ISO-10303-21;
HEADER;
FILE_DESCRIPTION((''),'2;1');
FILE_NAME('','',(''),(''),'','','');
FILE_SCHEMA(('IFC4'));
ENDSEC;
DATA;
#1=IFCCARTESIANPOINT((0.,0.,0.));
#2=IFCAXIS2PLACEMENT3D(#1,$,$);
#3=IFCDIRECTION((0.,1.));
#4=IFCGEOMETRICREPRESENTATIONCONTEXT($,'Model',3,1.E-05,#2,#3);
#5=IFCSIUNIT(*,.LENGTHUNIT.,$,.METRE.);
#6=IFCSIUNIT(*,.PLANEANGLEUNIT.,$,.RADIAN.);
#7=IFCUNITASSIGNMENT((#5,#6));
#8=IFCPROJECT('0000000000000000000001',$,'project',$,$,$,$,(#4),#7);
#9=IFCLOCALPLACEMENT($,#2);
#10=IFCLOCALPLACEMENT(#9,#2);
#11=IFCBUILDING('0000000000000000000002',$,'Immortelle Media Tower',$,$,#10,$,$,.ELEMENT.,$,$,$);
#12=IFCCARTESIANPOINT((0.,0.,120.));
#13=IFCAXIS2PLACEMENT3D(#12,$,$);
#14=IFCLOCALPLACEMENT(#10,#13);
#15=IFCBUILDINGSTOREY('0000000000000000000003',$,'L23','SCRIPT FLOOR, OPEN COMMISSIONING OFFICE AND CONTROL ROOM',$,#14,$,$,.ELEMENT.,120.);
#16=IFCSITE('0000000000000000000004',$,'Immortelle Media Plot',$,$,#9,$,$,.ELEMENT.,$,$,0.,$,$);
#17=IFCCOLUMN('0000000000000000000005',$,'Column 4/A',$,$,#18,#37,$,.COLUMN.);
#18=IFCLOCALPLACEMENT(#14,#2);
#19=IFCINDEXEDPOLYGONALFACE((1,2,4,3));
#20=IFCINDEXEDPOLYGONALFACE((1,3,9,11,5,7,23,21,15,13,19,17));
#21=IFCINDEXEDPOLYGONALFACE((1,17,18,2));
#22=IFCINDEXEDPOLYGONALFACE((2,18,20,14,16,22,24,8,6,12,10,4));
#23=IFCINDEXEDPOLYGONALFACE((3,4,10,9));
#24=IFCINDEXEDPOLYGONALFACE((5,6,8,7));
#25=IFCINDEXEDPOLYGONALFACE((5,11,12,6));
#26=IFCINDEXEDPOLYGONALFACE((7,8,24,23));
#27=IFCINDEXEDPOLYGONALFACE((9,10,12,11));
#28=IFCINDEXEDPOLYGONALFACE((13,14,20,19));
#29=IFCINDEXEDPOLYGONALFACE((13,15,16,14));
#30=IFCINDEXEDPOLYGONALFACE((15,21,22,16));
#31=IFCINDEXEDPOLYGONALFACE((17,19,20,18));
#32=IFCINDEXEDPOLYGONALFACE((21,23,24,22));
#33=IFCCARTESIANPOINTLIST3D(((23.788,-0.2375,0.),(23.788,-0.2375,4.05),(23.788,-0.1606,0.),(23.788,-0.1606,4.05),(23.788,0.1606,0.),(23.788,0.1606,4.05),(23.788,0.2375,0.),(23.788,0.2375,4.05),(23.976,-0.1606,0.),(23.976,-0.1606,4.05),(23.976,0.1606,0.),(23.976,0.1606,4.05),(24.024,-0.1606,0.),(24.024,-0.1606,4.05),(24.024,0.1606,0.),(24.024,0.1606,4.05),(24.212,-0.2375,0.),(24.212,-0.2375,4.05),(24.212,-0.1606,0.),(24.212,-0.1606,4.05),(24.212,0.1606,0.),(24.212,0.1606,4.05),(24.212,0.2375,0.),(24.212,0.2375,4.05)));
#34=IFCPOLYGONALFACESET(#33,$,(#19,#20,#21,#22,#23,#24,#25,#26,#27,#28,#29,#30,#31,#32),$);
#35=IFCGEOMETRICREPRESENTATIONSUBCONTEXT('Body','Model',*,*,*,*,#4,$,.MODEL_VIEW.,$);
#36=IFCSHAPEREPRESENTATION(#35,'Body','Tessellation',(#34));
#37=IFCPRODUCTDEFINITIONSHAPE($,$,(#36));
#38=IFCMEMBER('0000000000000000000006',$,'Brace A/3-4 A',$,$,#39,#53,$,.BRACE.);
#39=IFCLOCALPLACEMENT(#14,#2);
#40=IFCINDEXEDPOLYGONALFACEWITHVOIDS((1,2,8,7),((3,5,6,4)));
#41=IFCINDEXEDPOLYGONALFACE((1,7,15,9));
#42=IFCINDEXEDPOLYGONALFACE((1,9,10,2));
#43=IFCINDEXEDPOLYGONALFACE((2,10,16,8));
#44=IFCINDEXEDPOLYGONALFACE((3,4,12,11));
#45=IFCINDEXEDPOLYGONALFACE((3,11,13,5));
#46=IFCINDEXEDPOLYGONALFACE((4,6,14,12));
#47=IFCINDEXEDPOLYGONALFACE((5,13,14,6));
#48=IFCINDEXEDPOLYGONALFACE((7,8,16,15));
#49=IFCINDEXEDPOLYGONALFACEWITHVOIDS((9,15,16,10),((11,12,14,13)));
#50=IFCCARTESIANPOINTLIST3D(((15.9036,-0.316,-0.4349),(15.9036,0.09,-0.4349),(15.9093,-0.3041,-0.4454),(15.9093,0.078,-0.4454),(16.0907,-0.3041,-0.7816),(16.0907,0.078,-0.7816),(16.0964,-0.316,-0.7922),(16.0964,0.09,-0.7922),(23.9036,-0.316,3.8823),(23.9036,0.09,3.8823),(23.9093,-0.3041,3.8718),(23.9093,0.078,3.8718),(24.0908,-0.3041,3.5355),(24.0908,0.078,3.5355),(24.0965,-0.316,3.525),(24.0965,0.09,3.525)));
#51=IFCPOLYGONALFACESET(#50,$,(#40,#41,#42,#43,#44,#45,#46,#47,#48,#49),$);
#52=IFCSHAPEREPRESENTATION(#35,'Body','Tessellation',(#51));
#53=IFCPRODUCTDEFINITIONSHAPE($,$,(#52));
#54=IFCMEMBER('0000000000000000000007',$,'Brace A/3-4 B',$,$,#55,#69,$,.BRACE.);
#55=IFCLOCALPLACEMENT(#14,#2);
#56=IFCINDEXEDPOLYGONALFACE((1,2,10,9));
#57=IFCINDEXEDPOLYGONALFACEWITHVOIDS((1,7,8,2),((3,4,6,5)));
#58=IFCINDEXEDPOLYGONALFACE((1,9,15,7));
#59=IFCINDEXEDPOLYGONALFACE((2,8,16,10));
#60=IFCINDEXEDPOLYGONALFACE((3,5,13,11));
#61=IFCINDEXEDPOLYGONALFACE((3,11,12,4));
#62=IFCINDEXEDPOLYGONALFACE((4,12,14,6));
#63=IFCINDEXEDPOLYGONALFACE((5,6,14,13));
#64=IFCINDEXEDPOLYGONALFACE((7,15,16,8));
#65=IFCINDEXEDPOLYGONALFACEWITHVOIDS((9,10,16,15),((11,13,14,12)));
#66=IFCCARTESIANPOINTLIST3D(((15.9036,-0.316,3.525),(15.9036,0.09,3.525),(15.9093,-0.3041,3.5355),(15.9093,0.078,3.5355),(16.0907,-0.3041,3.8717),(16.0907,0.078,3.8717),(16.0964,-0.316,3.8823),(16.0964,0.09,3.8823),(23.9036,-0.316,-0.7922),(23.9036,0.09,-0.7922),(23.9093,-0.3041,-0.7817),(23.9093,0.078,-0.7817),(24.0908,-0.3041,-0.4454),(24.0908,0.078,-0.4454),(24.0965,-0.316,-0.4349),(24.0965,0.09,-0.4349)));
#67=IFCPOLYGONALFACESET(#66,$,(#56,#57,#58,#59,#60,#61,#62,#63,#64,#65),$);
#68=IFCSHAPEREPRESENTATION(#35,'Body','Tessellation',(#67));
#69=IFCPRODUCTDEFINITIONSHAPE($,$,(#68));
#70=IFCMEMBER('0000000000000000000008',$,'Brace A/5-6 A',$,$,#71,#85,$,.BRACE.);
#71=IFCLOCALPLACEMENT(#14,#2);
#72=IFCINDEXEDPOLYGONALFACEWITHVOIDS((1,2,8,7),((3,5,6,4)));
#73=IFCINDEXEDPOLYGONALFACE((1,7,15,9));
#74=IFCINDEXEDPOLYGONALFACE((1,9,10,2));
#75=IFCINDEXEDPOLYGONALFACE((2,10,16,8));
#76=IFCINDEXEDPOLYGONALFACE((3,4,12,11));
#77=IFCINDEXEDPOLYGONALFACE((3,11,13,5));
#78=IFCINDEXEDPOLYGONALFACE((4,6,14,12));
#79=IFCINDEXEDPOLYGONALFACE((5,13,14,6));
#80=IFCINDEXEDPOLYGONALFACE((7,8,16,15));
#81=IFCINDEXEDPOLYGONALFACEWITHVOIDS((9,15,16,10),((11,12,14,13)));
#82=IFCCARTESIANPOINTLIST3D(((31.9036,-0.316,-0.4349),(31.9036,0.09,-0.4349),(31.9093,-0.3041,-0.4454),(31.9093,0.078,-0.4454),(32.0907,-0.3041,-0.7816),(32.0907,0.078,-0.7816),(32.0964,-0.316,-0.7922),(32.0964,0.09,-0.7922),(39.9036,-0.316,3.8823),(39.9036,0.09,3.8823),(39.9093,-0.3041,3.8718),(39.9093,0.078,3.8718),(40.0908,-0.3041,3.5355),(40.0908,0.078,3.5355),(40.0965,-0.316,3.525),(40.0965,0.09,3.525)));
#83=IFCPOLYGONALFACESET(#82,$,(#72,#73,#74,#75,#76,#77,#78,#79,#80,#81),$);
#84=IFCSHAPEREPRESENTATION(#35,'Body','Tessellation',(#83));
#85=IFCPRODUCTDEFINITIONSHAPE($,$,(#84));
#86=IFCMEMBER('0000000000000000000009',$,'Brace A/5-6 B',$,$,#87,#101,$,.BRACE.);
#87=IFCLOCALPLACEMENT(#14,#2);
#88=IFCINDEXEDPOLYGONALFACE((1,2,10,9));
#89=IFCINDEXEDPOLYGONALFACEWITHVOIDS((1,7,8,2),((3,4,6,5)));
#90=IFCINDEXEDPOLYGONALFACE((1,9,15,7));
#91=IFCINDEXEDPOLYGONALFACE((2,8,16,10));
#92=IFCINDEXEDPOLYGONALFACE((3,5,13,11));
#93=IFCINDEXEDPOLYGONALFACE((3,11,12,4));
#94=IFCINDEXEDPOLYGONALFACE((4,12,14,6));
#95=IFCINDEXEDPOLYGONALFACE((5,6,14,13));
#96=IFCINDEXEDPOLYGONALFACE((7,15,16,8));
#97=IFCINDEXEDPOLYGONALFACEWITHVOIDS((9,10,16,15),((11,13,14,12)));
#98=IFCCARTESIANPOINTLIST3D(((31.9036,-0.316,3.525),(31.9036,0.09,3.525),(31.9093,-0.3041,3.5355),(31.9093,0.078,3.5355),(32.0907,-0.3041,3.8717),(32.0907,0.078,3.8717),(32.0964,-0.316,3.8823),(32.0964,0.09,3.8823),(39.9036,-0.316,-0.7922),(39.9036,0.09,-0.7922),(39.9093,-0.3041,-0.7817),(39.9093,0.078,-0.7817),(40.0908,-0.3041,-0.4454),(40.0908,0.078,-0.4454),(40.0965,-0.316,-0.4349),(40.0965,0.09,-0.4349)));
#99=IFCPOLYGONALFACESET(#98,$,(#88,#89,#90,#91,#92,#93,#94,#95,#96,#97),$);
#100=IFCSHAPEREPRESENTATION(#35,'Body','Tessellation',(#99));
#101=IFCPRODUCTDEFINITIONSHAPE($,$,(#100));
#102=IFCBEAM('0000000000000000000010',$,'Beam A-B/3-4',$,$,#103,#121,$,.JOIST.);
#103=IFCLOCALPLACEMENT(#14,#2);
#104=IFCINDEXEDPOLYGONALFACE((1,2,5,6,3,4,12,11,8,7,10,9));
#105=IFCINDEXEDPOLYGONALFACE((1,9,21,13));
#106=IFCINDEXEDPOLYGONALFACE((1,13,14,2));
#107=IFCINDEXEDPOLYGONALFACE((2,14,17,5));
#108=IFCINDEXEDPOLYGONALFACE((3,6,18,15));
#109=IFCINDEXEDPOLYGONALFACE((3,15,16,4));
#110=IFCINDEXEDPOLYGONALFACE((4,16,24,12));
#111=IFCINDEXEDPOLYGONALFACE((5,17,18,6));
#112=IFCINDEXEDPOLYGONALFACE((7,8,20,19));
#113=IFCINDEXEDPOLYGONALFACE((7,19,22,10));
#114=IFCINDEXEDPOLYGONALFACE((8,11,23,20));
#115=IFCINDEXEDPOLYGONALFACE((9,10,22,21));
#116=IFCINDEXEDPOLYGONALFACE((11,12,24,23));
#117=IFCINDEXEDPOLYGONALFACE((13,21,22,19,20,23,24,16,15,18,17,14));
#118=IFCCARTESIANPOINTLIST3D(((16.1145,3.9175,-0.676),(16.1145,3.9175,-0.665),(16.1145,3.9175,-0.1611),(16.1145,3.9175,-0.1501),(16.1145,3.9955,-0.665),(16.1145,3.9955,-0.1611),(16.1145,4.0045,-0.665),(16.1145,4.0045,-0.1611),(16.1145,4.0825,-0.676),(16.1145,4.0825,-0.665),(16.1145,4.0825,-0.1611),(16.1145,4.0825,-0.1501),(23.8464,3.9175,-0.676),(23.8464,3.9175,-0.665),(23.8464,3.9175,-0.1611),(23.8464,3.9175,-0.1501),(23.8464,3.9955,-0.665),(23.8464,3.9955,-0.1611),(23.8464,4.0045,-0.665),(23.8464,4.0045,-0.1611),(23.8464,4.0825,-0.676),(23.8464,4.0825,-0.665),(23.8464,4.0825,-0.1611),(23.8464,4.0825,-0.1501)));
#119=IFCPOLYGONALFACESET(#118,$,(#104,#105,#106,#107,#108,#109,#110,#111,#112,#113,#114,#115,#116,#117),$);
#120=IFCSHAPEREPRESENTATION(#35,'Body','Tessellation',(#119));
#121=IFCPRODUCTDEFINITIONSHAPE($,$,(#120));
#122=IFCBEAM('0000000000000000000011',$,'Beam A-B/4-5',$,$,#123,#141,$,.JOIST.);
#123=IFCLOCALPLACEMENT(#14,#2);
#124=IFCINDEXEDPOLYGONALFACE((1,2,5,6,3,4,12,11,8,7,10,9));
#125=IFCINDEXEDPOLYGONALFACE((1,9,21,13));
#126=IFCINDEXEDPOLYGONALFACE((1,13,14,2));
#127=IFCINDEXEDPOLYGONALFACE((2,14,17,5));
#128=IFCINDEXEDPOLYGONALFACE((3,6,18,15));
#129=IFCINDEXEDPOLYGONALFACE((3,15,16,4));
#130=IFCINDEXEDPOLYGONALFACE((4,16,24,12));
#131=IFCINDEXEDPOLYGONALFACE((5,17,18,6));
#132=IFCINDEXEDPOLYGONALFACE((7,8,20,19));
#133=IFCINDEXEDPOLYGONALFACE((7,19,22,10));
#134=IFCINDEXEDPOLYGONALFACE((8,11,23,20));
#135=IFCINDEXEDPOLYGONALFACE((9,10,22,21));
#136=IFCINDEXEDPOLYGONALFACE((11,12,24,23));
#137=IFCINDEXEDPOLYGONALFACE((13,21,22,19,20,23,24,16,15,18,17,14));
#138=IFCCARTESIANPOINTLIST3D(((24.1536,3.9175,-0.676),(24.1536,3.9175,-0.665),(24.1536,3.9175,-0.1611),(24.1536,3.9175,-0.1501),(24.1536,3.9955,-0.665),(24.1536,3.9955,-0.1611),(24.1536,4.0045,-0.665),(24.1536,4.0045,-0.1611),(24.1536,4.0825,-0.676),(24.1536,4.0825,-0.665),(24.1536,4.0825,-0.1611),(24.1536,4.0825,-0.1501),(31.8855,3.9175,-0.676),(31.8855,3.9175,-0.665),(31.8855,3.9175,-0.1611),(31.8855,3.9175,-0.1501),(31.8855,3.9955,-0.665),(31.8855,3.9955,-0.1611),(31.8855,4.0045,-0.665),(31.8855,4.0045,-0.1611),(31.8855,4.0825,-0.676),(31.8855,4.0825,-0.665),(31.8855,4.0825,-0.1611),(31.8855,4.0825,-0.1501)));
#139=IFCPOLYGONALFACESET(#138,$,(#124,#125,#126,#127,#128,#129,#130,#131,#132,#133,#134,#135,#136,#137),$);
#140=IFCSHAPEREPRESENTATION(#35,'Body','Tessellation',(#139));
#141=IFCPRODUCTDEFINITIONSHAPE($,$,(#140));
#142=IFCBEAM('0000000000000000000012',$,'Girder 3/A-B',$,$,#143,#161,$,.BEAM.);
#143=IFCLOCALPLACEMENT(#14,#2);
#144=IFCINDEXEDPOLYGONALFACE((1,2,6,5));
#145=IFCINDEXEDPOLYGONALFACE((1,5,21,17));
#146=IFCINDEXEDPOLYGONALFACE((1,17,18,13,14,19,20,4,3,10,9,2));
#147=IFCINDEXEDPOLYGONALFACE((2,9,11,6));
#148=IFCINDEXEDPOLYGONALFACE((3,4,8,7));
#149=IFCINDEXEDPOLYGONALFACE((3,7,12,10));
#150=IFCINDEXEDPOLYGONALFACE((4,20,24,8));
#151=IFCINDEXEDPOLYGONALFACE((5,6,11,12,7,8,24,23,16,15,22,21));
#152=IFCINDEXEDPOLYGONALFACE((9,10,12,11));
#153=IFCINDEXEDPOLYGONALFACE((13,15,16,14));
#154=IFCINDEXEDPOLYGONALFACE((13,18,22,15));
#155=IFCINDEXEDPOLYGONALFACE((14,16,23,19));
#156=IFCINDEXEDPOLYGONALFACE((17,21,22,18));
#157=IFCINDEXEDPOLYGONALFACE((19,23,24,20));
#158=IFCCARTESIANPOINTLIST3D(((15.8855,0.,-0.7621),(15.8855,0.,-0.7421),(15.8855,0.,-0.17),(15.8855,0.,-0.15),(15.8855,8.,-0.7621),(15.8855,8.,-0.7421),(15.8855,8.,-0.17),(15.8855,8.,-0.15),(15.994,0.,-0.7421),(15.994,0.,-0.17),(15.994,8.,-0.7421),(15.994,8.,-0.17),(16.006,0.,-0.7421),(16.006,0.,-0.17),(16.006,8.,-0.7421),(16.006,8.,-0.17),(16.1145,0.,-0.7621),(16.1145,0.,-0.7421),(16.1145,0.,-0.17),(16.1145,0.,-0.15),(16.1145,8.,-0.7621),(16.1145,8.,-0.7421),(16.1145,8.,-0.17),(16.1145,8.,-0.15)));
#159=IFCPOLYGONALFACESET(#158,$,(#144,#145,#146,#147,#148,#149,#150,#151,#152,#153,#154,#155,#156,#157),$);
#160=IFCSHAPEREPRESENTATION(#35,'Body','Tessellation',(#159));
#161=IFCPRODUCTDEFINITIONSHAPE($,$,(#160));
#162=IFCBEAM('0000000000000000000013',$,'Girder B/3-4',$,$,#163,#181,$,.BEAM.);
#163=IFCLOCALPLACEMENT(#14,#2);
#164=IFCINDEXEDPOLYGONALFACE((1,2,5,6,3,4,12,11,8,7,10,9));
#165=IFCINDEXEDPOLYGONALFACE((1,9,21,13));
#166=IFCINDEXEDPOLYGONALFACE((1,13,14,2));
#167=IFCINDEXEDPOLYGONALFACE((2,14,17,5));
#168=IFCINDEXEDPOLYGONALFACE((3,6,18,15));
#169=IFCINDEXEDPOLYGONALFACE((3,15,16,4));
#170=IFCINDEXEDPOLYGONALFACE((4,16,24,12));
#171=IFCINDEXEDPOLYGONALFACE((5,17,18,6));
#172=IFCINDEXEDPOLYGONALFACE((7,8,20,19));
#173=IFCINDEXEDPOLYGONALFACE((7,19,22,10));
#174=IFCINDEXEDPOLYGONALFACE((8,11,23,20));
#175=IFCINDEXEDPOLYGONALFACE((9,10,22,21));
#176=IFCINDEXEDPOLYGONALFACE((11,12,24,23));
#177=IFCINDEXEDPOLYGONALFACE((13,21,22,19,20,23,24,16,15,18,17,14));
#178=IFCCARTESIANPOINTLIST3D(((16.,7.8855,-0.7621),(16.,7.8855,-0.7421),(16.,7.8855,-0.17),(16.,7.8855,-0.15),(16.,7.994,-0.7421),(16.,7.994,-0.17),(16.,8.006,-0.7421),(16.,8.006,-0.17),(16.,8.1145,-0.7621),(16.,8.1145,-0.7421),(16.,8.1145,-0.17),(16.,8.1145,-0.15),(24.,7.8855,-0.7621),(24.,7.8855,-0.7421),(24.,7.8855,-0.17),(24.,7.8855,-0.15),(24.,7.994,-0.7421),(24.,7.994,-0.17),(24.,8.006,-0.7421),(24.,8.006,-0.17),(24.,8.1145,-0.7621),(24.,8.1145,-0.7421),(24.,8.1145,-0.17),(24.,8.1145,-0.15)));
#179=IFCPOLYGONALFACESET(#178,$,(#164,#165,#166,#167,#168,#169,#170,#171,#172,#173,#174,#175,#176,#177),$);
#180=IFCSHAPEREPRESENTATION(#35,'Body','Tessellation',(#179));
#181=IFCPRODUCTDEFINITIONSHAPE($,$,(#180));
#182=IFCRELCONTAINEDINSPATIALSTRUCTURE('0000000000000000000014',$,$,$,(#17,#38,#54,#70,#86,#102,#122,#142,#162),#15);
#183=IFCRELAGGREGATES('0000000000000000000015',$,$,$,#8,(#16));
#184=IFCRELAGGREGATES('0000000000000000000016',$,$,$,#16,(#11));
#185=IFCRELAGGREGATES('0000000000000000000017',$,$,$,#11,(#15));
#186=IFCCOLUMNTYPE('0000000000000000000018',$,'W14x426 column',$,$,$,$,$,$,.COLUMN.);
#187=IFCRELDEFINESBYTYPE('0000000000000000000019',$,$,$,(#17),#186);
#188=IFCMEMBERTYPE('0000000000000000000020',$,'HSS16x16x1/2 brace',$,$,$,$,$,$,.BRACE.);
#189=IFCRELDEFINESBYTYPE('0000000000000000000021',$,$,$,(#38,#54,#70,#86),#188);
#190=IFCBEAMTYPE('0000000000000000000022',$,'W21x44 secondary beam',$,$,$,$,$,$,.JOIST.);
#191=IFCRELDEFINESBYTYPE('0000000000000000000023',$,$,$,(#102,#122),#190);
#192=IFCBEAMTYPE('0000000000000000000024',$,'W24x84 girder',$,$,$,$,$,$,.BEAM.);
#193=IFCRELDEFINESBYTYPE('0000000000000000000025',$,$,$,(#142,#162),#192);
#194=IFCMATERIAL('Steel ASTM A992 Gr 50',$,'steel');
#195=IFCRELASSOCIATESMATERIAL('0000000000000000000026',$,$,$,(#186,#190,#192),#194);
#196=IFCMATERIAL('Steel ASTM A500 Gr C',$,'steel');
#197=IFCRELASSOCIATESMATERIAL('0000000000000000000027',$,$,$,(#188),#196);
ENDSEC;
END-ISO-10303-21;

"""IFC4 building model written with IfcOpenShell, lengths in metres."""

from ifc_helpers import new_model, si_unit, direction, frame, origin, origin_2d, place, context, subcontext, project, spatial, hollow_rectangle, i_section, extrude, material, material_profile, profile_set, type_object, element, save


model = new_model("IFC4")

# Units and contexts
model_context = context("Model", 3, precision=1e-05, world=origin(), true_north=direction((0.0, 1.0)))
body_context = subcontext(model_context, "Body", "Model", "MODEL_VIEW")
ifc_project = project(units=[si_unit("LENGTHUNIT", "METRE"), si_unit("PLANEANGLEUNIT", "RADIAN")], contexts=[model_context])

# Site, building, storey
site_placement = place(None, origin())
site = spatial("IfcSite", under=ifc_project, at=site_placement, Name="Immortelle Media Plot", CompositionType="ELEMENT", RefElevation=0.0)
building_placement = place(site_placement, origin())
building = spatial("IfcBuilding", under=site, at=building_placement, Name="Immortelle Media Tower", CompositionType="ELEMENT")
storey_placement = place(building_placement, frame((0.0, 0.0, 120.0)))
storey = spatial("IfcBuildingStorey", under=building, at=storey_placement, Name="L23", Description="SCRIPT FLOOR, OPEN COMMISSIONING OFFICE AND CONTROL ROOM", CompositionType="ELEMENT", Elevation=120.0)

# Column
ifc_material_1 = material(Name="Steel ASTM A992 Gr 50", Category="steel")
ifc_material_profile_1 = material_profile(ifc_material_1, i_section(OverallWidth=0.4241, OverallDepth=0.4751, WebThickness=0.0481, FlangeThickness=0.0769, at=origin_2d()), Name="W14x426")
ifc_profile_set_1 = profile_set([ifc_material_profile_1], Name="Steel ASTM A992 Gr 50")
column_type = type_object("IfcColumnType", Name="W14x426 column", PredefinedType="COLUMN", material=ifc_profile_set_1)
column_placement = place(storey_placement, frame((24.0, 0.0, 0.0), z_axis=(0.0, 0.0, 1.0), x_axis=(1.0, 0.0, 0.0)))
element("IfcColumn", 1, at=column_placement, inside=storey, type_object=column_type, Name="Column 4/A", PredefinedType="COLUMN", context=body_context, shape_type="SweptSolid", body=[
    extrude(i_section(OverallWidth=0.4241, OverallDepth=0.4751, WebThickness=0.0481, FlangeThickness=0.0769, at=origin_2d()), origin(), (0.0, 0.0, 1.0), 4.05),
])

# Members
ifc_material_2 = material(Name="Steel ASTM A500 Gr C", Category="steel")
ifc_material_profile_2 = material_profile(ifc_material_2, hollow_rectangle(XDim=0.406, YDim=0.406, WallThickness=0.012, at=origin_2d()), Name="HSS16x16x1/2 brace")
ifc_profile_set_2 = profile_set([ifc_material_profile_2], Name="Steel ASTM A500 Gr C")
member_type = type_object("IfcMemberType", Name="HSS16x16x1/2 brace", PredefinedType="BRACE", material=ifc_profile_set_2)
for number, where, z_axis, x_axis, name in (
    (2, (16.0, -0.113, -0.6135), (0.880037, 0.0, 0.474905), (0.0, 1.0, 0.0), "Brace A/3-4 A"),
    (3, (16.0, -0.113, 3.7036), (0.880037, 0.0, -0.474905), (0.0, 1.0, 0.0), "Brace A/3-4 B"),
    (4, (32.0, -0.113, -0.6135), (0.880037, 0.0, 0.474905), (0.0, 1.0, 0.0), "Brace A/5-6 A"),
    (5, (32.0, -0.113, 3.7036), (0.880037, 0.0, -0.474905), (0.0, 1.0, 0.0), "Brace A/5-6 B"),
):
    element("IfcMember", number, at=place(storey_placement, frame(where, z_axis=z_axis, x_axis=x_axis)), inside=storey, type_object=member_type, Name=name, PredefinedType="BRACE", context=body_context, shape_type="SweptSolid", body=[
        extrude(hollow_rectangle(XDim=0.406, YDim=0.406, WallThickness=0.012, at=origin_2d()), origin(), (0.0, 0.0, 1.0), 9.0906),
    ])

# Beams
ifc_material_profile_3 = material_profile(ifc_material_1, i_section(OverallWidth=0.165, OverallDepth=0.5259, WebThickness=0.009, FlangeThickness=0.011, at=origin_2d()), Name="W21x44")
ifc_profile_set_3 = profile_set([ifc_material_profile_3], Name="Steel ASTM A992 Gr 50")
beam_type_1 = type_object("IfcBeamType", Name="W21x44 secondary beam", PredefinedType="JOIST", material=ifc_profile_set_3)
for number, where, z_axis, x_axis, name in (
    (6, (16.1145, 4.0, -0.4131), (1.0, 0.0, 0.0), (0.0, 1.0, 0.0), "Beam A-B/3-4"),
    (7, (24.1536, 4.0, -0.4131), (1.0, 0.0, 0.0), (0.0, 1.0, 0.0), "Beam A-B/4-5"),
):
    element("IfcBeam", number, at=place(storey_placement, frame(where, z_axis=z_axis, x_axis=x_axis)), inside=storey, type_object=beam_type_1, Name=name, PredefinedType="JOIST", context=body_context, shape_type="SweptSolid", body=[
        extrude(i_section(OverallWidth=0.165, OverallDepth=0.5259, WebThickness=0.009, FlangeThickness=0.011, at=origin_2d()), origin(), (0.0, 0.0, 1.0), 7.7319),
    ])
ifc_material_profile_4 = material_profile(ifc_material_1, i_section(OverallWidth=0.229, OverallDepth=0.6121, WebThickness=0.012, FlangeThickness=0.02, at=origin_2d()), Name="W24x84")
ifc_profile_set_4 = profile_set([ifc_material_profile_4], Name="Steel ASTM A992 Gr 50")
beam_type_2 = type_object("IfcBeamType", Name="W24x84 girder", PredefinedType="BEAM", material=ifc_profile_set_4)
for number, where, z_axis, x_axis, name in (
    (8, (16.0, 0.0, -0.4561), (0.0, 1.0, 0.0), (-1.0, 0.0, 0.0), "Girder 3/A-B"),
    (9, (16.0, 8.0, -0.4561), (1.0, 0.0, 0.0), (0.0, 1.0, 0.0), "Girder B/3-4"),
):
    element("IfcBeam", number, at=place(storey_placement, frame(where, z_axis=z_axis, x_axis=x_axis)), inside=storey, type_object=beam_type_2, Name=name, PredefinedType="BEAM", context=body_context, shape_type="SweptSolid", body=[
        extrude(i_section(OverallWidth=0.229, OverallDepth=0.6121, WebThickness=0.012, FlangeThickness=0.02, at=origin_2d()), origin(), (0.0, 0.0, 1.0), 8.0),
    ])

save(model, "model.ifc")
